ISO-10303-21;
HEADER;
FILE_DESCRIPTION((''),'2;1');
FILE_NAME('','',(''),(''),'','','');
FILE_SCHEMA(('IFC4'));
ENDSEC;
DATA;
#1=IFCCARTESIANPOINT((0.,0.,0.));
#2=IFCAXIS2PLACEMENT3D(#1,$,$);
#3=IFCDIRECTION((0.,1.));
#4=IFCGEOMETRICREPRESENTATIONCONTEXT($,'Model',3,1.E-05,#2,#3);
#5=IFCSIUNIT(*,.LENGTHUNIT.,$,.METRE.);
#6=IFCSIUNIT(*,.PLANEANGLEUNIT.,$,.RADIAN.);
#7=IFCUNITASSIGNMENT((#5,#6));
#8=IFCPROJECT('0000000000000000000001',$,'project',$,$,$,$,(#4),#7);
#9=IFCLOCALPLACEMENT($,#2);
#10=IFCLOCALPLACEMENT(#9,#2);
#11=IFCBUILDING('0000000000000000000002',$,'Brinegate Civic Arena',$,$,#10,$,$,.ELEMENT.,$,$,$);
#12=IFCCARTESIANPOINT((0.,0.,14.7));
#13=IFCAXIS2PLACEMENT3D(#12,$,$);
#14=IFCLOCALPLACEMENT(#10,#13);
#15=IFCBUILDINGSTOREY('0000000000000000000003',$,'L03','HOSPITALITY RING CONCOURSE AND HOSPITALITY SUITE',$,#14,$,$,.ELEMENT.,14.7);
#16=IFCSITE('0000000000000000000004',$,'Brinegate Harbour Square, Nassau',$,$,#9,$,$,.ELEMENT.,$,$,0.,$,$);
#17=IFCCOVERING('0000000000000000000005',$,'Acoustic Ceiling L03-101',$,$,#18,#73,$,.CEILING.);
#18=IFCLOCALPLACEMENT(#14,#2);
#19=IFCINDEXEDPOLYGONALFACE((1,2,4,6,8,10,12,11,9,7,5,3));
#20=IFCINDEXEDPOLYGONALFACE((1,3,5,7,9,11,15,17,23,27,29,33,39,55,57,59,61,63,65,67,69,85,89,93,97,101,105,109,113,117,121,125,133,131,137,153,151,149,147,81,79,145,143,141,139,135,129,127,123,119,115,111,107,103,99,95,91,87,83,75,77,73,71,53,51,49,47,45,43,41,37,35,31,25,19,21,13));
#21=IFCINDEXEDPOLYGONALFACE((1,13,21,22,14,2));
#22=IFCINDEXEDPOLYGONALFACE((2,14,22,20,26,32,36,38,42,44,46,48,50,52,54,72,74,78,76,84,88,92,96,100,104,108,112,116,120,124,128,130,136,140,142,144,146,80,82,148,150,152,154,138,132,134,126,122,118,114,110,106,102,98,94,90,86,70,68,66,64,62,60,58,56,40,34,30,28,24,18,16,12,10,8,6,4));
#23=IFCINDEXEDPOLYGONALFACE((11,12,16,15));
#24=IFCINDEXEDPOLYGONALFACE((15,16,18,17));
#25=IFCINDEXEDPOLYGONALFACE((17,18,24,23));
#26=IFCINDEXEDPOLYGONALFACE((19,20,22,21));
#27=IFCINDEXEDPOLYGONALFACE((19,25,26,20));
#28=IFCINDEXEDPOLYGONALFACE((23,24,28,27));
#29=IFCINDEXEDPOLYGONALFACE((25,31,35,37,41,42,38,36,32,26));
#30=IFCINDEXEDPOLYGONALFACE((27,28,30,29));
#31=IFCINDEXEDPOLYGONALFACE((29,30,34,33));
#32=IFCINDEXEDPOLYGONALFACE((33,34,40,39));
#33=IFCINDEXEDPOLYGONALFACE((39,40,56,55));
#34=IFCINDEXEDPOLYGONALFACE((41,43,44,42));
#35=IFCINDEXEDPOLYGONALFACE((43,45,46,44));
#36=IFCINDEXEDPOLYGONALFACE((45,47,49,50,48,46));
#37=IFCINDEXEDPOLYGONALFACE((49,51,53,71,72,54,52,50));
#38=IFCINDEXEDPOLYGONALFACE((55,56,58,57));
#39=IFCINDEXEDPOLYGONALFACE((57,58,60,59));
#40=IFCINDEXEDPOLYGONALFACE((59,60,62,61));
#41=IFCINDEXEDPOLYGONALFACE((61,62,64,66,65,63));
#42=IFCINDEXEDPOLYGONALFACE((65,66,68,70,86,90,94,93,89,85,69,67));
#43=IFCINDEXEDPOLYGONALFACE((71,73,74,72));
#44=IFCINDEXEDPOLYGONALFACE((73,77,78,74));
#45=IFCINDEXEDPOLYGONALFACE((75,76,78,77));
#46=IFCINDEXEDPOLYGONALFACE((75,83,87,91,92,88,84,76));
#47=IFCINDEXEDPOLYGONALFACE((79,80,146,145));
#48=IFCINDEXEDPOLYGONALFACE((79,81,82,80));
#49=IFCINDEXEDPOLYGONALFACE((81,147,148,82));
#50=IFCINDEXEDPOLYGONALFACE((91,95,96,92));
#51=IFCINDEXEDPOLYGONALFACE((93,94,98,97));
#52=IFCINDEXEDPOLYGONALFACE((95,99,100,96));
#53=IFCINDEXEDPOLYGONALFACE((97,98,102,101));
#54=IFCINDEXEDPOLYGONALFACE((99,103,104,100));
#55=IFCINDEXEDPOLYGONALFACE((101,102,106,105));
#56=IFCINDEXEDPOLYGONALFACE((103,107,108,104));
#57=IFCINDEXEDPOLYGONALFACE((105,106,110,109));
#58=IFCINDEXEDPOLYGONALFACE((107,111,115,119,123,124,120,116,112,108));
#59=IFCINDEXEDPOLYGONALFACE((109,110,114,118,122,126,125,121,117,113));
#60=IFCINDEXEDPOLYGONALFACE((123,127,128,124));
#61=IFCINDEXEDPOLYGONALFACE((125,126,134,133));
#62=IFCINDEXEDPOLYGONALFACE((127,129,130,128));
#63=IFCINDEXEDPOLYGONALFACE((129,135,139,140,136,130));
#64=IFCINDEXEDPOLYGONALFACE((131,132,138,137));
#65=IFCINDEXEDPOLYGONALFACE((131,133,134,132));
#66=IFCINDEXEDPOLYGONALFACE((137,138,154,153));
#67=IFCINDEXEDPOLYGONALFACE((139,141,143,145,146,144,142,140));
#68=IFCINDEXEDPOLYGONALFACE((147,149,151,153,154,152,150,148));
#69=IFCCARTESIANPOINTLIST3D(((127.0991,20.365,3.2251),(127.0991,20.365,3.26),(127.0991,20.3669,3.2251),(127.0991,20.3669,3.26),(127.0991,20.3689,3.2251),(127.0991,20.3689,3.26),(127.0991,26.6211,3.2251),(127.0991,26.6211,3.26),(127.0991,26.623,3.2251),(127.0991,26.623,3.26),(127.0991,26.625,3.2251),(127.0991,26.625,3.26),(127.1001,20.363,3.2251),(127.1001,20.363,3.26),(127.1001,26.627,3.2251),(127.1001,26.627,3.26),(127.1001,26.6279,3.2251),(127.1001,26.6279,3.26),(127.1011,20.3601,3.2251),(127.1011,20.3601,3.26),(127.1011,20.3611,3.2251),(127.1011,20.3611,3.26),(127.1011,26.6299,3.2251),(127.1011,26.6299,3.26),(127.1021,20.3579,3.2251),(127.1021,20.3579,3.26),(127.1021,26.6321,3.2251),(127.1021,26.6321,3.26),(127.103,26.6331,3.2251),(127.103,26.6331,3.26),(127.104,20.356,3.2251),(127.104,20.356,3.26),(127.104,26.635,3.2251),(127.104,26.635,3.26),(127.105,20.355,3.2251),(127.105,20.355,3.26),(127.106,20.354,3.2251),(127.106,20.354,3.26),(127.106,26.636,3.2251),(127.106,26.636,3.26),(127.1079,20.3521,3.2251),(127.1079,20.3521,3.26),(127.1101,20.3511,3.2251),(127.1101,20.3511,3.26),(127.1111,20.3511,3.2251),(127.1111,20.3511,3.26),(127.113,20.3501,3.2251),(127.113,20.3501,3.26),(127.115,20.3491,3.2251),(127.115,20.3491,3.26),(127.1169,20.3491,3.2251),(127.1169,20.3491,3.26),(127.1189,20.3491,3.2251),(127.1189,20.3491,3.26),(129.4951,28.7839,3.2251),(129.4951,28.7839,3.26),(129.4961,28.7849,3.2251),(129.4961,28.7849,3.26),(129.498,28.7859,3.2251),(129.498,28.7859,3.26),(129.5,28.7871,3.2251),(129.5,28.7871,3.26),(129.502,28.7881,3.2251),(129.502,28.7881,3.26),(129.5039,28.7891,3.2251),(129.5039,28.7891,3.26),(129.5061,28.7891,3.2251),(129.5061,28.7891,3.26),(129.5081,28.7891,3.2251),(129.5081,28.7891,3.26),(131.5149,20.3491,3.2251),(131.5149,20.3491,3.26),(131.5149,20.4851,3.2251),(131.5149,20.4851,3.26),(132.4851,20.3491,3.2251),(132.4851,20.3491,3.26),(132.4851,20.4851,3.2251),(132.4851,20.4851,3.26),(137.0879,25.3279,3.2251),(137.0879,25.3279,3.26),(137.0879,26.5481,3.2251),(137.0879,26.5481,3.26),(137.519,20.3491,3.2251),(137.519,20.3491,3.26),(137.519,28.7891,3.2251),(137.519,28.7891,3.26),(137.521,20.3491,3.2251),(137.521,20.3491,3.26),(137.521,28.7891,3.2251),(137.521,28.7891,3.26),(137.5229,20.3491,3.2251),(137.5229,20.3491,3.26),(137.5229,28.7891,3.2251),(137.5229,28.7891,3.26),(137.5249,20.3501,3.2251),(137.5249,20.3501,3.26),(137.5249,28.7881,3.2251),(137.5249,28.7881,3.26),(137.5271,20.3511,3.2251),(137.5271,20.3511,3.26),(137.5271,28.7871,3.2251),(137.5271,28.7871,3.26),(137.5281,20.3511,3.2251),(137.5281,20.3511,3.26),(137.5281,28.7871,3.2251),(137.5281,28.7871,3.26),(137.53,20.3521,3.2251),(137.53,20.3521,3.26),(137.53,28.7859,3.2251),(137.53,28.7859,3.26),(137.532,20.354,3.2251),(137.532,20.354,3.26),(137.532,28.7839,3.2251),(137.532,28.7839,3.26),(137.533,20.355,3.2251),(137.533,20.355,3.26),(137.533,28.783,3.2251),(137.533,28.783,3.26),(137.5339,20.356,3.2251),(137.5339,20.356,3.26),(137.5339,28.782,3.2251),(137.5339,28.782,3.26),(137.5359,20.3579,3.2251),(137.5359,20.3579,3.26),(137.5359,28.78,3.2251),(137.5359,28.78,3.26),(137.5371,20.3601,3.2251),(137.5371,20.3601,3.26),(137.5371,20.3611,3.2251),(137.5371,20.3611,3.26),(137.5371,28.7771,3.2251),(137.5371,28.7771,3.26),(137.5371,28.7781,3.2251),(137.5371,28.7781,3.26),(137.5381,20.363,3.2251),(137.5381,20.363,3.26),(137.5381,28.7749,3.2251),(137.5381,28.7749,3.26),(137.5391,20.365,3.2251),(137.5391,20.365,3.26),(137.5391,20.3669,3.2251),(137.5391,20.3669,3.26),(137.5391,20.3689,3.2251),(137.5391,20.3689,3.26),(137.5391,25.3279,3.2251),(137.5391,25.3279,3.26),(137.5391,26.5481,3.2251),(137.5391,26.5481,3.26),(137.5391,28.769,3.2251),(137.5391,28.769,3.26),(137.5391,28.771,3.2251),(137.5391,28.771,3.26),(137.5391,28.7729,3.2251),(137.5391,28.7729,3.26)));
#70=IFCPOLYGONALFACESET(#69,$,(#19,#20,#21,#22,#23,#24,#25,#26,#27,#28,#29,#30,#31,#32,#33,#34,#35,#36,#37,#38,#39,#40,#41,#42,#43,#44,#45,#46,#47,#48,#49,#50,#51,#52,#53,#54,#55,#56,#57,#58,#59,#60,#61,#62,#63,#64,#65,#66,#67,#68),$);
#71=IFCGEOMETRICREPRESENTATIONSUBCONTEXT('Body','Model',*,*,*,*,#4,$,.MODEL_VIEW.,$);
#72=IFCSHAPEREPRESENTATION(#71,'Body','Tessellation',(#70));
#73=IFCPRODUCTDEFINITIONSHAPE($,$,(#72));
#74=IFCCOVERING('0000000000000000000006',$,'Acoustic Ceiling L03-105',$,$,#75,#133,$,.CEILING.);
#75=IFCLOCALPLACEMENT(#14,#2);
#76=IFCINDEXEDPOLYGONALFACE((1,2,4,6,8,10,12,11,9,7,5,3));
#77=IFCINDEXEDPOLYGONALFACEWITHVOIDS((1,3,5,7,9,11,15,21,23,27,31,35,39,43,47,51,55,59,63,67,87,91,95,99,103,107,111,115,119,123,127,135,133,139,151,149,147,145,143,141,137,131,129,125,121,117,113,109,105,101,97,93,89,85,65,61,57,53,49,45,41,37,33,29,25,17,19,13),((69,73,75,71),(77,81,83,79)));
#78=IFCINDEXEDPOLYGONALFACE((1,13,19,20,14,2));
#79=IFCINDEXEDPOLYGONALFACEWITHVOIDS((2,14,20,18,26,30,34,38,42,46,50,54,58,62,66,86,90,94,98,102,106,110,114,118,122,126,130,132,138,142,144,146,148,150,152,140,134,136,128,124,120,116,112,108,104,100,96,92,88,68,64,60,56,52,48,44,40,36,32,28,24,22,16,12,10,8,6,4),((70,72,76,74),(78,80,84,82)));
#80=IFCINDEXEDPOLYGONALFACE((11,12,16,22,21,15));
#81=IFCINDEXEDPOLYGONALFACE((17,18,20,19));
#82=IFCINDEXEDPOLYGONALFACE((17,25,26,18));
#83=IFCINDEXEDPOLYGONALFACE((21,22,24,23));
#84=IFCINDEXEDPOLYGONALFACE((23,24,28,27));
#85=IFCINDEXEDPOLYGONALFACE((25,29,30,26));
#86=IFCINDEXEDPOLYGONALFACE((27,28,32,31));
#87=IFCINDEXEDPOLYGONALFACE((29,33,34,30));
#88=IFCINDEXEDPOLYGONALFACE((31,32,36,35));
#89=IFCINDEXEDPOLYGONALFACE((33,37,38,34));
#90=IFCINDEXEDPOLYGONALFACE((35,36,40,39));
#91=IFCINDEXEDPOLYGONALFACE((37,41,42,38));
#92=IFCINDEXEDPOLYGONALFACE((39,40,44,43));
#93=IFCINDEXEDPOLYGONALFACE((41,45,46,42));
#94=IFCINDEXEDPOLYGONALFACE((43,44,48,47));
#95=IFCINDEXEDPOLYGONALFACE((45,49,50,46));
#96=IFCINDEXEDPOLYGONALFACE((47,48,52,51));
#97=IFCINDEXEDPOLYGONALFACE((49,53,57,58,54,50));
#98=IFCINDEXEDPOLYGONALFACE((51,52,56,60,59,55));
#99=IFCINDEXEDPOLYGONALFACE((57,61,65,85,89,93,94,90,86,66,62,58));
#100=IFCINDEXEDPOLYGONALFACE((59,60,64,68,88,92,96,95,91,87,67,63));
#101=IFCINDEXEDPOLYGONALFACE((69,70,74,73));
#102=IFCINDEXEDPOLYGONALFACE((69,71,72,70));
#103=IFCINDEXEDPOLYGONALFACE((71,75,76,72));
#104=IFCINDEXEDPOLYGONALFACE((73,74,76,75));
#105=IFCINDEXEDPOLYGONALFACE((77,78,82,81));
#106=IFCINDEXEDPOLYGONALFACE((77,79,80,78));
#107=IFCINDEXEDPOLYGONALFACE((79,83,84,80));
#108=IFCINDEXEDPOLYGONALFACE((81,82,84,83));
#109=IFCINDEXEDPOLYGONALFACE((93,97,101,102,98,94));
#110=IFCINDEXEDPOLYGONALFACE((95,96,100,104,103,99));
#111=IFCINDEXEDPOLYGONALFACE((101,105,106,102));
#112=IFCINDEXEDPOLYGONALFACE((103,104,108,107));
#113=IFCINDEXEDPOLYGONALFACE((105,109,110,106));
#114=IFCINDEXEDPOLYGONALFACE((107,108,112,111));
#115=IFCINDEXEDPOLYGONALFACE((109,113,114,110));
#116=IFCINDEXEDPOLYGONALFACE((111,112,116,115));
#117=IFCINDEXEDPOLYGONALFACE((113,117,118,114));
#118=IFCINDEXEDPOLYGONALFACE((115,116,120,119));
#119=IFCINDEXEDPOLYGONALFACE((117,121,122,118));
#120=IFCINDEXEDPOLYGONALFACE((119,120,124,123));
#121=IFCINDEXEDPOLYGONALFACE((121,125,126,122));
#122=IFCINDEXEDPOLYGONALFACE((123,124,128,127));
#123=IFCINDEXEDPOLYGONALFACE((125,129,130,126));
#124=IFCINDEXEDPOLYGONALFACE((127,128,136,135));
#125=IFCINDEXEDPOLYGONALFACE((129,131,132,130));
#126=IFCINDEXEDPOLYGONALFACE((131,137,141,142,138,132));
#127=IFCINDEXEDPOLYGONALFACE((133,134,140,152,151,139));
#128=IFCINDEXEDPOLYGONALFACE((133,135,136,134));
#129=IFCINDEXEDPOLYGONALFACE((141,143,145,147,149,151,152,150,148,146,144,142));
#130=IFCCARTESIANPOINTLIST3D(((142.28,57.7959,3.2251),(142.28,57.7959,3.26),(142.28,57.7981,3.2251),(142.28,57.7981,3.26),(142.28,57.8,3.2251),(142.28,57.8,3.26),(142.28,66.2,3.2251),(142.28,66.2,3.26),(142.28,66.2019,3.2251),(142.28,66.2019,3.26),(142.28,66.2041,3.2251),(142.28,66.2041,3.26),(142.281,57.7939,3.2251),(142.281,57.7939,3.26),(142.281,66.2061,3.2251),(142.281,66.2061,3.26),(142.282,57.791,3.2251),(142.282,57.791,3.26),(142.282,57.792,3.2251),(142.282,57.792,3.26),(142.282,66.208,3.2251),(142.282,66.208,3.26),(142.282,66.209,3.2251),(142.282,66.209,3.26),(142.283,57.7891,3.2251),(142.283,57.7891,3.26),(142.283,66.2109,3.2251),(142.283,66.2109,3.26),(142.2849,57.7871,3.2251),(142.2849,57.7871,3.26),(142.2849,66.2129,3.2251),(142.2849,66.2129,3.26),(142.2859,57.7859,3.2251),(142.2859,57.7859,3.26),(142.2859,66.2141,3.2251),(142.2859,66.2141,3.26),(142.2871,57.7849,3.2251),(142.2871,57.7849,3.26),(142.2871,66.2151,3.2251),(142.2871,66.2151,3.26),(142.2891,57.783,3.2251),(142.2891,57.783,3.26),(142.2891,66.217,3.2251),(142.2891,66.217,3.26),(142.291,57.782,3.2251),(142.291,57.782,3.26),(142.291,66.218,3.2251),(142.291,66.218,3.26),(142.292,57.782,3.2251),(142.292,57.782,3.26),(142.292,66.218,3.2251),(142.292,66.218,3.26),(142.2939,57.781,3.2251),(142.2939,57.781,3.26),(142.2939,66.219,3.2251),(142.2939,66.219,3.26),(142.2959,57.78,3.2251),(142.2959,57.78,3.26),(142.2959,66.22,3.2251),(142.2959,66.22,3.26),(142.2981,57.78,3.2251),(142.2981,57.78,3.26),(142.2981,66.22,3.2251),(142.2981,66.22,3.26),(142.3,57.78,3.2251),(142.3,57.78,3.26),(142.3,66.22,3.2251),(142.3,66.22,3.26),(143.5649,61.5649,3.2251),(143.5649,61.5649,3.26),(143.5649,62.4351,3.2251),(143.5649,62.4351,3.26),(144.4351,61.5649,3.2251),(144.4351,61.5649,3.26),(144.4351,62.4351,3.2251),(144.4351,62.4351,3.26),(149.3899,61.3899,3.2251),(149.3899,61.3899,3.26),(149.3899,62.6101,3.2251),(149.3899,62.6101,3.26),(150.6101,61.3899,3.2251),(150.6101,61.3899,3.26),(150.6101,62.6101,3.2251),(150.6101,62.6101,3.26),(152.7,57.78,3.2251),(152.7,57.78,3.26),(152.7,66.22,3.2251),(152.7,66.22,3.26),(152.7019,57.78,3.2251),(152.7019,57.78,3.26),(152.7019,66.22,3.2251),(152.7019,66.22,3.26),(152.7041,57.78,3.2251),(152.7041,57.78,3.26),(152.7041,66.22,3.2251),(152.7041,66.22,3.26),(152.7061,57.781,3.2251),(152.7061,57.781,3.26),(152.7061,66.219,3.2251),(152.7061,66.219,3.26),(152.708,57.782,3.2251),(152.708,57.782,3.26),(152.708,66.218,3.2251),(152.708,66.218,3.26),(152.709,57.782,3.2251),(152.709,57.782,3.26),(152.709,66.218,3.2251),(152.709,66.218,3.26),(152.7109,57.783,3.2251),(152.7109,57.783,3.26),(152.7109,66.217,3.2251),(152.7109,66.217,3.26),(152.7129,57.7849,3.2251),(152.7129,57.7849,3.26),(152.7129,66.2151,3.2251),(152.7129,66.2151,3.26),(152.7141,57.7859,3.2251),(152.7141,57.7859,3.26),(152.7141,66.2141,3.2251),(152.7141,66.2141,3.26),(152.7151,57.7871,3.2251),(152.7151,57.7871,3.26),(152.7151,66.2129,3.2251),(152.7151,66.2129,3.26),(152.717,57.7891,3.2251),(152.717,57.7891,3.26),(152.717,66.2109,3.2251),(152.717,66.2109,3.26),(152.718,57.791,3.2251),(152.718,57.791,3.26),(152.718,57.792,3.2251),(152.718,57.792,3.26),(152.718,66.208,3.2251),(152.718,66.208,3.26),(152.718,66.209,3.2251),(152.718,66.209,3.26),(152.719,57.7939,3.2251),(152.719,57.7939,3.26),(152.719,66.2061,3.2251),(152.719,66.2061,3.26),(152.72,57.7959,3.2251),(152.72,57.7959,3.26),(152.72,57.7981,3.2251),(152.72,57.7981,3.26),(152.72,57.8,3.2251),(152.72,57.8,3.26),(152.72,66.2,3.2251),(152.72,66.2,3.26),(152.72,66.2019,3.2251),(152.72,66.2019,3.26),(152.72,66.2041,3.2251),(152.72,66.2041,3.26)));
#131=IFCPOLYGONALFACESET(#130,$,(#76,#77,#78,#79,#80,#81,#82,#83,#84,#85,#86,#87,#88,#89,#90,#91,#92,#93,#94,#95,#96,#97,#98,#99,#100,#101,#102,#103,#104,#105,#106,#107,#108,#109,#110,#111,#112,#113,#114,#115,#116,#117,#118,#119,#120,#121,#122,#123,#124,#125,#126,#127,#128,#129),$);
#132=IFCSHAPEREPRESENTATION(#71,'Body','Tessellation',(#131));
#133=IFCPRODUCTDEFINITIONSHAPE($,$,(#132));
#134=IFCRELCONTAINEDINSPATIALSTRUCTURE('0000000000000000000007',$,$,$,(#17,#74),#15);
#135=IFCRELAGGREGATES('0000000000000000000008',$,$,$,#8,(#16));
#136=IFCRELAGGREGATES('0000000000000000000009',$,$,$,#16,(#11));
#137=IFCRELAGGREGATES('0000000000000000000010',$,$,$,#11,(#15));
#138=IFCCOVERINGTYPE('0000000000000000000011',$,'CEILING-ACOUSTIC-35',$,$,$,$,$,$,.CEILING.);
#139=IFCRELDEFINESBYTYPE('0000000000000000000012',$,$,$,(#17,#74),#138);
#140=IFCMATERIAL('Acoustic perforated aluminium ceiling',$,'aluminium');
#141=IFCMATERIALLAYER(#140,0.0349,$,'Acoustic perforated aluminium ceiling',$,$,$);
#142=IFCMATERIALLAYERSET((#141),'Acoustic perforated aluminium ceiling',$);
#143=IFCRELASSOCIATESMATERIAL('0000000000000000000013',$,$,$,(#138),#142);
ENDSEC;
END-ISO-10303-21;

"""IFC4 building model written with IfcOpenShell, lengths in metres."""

from ifc_helpers import new_model, si_unit, direction, frame, origin, place, context, subcontext, project, spatial, polyline, outline, extrude, material, layer, layer_set, type_object, element, save


model = new_model("IFC4")

# Units and contexts
model_context = context("Model", 3, precision=1e-05, world=origin(), true_north=direction((0.0, 1.0)))
body_context = subcontext(model_context, "Body", "Model", "MODEL_VIEW")
ifc_project = project(units=[si_unit("LENGTHUNIT", "METRE"), si_unit("PLANEANGLEUNIT", "RADIAN")], contexts=[model_context])

# Site, building, storey
site_placement = place(None, origin())
site = spatial("IfcSite", under=ifc_project, at=site_placement, Name="Brinegate Harbour Square, Nassau", CompositionType="ELEMENT", RefElevation=0.0)
building_placement = place(site_placement, origin())
building = spatial("IfcBuilding", under=site, at=building_placement, Name="Brinegate Civic Arena", CompositionType="ELEMENT")
storey_placement = place(building_placement, frame((0.0, 0.0, 14.7)))
storey = spatial("IfcBuildingStorey", under=building, at=storey_placement, Name="L03", Description="HOSPITALITY RING CONCOURSE AND HOSPITALITY SUITE", CompositionType="ELEMENT", Elevation=14.7)

# Coverings
ifc_material_1 = material(Name="Acoustic perforated aluminium ceiling", Category="aluminium")
ifc_layer_1 = layer(ifc_material_1, 0.0349, Name="Acoustic perforated aluminium ceiling")
ifc_layer_set_1 = layer_set([ifc_layer_1], Name="Acoustic perforated aluminium ceiling")
covering_type_1 = type_object("IfcCoveringType", Name="CEILING-ACOUSTIC-35", PredefinedType="CEILING", material=ifc_layer_set_1)
covering_1_placement = place(storey_placement, frame((0.0, 0.0, 3.2251)))
element("IfcCovering", 1, at=covering_1_placement, inside=storey, type_object=covering_type_1, Name="Acoustic Ceiling L03-101", PredefinedType="CEILING", context=body_context, shape_type="SweptSolid", body=[
    extrude(outline(polyline([(137.5391, 20.3669), (137.5391, 20.365), (137.5381, 20.363), (137.5371, 20.3611), (137.5371, 20.3601), (137.5359, 20.3579), (137.5339, 20.356), (137.533, 20.355), (137.532, 20.354), (137.53, 20.3521), (137.5281, 20.3511), (137.5271, 20.3511), (137.5249, 20.3501), (137.5229, 20.3491), (137.521, 20.3491), (137.519, 20.3491), (132.4851, 20.3491), (132.4851, 20.4851), (131.5149, 20.4851), (131.5149, 20.3491), (127.1189, 20.3491), (127.1169, 20.3491), (127.115, 20.3491), (127.113, 20.3501), (127.1111, 20.3511), (127.1101, 20.3511), (127.1079, 20.3521), (127.106, 20.354), (127.105, 20.355), (127.104, 20.356), (127.1021, 20.3579), (127.1011, 20.3601), (127.1011, 20.3611), (127.1001, 20.363), (127.0991, 20.365), (127.0991, 20.3669), (127.0991, 20.3689), (127.0991, 26.6211), (127.0991, 26.623), (127.0991, 26.625), (127.1001, 26.627), (127.1001, 26.6279), (127.1011, 26.6299), (127.1021, 26.6321), (127.103, 26.6331), (127.104, 26.635), (127.106, 26.636), (129.4951, 28.7839), (129.4961, 28.7849), (129.498, 28.7859), (129.5, 28.7871), (129.502, 28.7881), (129.5039, 28.7891), (129.5061, 28.7891), (129.5081, 28.7891), (137.519, 28.7891), (137.521, 28.7891), (137.5229, 28.7891), (137.5249, 28.7881), (137.5271, 28.7871), (137.5281, 28.7871), (137.53, 28.7859), (137.532, 28.7839), (137.533, 28.783), (137.5339, 28.782), (137.5359, 28.78), (137.5371, 28.7781), (137.5371, 28.7771), (137.5381, 28.7749), (137.5391, 28.7729), (137.5391, 28.771), (137.5391, 28.769), (137.5391, 26.5481), (137.0879, 26.5481), (137.0879, 25.3279), (137.5391, 25.3279), (137.5391, 20.3689), (137.5391, 20.3669)])), origin(), (0.0, 0.0, 1.0), 0.0349),
])
covering_2_placement = place(storey_placement, frame((0.0, 0.0, 3.2251)))
element("IfcCovering", 2, at=covering_2_placement, inside=storey, type_object=covering_type_1, Name="Acoustic Ceiling L03-105", PredefinedType="CEILING", context=body_context, shape_type="SweptSolid", body=[
    extrude(outline(polyline([(152.7041, 66.22), (152.7061, 66.219), (152.708, 66.218), (152.709, 66.218), (152.7109, 66.217), (152.7129, 66.2151), (152.7141, 66.2141), (152.7151, 66.2129), (152.717, 66.2109), (152.718, 66.209), (152.718, 66.208), (152.719, 66.2061), (152.72, 66.2041), (152.72, 66.2019), (152.72, 66.2), (152.72, 57.8), (152.72, 57.7981), (152.72, 57.7959), (152.719, 57.7939), (152.718, 57.792), (152.718, 57.791), (152.717, 57.7891), (152.7151, 57.7871), (152.7141, 57.7859), (152.7129, 57.7849), (152.7109, 57.783), (152.709, 57.782), (152.708, 57.782), (152.7061, 57.781), (152.7041, 57.78), (152.7019, 57.78), (152.7, 57.78), (142.3, 57.78), (142.2981, 57.78), (142.2959, 57.78), (142.2939, 57.781), (142.292, 57.782), (142.291, 57.782), (142.2891, 57.783), (142.2871, 57.7849), (142.2859, 57.7859), (142.2849, 57.7871), (142.283, 57.7891), (142.282, 57.791), (142.282, 57.792), (142.281, 57.7939), (142.28, 57.7959), (142.28, 57.7981), (142.28, 57.8), (142.28, 66.2), (142.28, 66.2019), (142.28, 66.2041), (142.281, 66.2061), (142.282, 66.208), (142.282, 66.209), (142.283, 66.2109), (142.2849, 66.2129), (142.2859, 66.2141), (142.2871, 66.2151), (142.2891, 66.217), (142.291, 66.218), (142.292, 66.218), (142.2939, 66.219), (142.2959, 66.22), (142.2981, 66.22), (142.3, 66.22), (152.7, 66.22), (152.7019, 66.22), (152.7041, 66.22)]), holes=[polyline([(143.5649, 62.4351), (143.5649, 61.5649), (144.4351, 61.5649), (144.4351, 62.4351), (143.5649, 62.4351)]), polyline([(149.3899, 62.6101), (149.3899, 61.3899), (150.6101, 61.3899), (150.6101, 62.6101), (149.3899, 62.6101)])]), origin(), (0.0, 0.0, 1.0), 0.0349),
])

save(model, "model.ifc")
